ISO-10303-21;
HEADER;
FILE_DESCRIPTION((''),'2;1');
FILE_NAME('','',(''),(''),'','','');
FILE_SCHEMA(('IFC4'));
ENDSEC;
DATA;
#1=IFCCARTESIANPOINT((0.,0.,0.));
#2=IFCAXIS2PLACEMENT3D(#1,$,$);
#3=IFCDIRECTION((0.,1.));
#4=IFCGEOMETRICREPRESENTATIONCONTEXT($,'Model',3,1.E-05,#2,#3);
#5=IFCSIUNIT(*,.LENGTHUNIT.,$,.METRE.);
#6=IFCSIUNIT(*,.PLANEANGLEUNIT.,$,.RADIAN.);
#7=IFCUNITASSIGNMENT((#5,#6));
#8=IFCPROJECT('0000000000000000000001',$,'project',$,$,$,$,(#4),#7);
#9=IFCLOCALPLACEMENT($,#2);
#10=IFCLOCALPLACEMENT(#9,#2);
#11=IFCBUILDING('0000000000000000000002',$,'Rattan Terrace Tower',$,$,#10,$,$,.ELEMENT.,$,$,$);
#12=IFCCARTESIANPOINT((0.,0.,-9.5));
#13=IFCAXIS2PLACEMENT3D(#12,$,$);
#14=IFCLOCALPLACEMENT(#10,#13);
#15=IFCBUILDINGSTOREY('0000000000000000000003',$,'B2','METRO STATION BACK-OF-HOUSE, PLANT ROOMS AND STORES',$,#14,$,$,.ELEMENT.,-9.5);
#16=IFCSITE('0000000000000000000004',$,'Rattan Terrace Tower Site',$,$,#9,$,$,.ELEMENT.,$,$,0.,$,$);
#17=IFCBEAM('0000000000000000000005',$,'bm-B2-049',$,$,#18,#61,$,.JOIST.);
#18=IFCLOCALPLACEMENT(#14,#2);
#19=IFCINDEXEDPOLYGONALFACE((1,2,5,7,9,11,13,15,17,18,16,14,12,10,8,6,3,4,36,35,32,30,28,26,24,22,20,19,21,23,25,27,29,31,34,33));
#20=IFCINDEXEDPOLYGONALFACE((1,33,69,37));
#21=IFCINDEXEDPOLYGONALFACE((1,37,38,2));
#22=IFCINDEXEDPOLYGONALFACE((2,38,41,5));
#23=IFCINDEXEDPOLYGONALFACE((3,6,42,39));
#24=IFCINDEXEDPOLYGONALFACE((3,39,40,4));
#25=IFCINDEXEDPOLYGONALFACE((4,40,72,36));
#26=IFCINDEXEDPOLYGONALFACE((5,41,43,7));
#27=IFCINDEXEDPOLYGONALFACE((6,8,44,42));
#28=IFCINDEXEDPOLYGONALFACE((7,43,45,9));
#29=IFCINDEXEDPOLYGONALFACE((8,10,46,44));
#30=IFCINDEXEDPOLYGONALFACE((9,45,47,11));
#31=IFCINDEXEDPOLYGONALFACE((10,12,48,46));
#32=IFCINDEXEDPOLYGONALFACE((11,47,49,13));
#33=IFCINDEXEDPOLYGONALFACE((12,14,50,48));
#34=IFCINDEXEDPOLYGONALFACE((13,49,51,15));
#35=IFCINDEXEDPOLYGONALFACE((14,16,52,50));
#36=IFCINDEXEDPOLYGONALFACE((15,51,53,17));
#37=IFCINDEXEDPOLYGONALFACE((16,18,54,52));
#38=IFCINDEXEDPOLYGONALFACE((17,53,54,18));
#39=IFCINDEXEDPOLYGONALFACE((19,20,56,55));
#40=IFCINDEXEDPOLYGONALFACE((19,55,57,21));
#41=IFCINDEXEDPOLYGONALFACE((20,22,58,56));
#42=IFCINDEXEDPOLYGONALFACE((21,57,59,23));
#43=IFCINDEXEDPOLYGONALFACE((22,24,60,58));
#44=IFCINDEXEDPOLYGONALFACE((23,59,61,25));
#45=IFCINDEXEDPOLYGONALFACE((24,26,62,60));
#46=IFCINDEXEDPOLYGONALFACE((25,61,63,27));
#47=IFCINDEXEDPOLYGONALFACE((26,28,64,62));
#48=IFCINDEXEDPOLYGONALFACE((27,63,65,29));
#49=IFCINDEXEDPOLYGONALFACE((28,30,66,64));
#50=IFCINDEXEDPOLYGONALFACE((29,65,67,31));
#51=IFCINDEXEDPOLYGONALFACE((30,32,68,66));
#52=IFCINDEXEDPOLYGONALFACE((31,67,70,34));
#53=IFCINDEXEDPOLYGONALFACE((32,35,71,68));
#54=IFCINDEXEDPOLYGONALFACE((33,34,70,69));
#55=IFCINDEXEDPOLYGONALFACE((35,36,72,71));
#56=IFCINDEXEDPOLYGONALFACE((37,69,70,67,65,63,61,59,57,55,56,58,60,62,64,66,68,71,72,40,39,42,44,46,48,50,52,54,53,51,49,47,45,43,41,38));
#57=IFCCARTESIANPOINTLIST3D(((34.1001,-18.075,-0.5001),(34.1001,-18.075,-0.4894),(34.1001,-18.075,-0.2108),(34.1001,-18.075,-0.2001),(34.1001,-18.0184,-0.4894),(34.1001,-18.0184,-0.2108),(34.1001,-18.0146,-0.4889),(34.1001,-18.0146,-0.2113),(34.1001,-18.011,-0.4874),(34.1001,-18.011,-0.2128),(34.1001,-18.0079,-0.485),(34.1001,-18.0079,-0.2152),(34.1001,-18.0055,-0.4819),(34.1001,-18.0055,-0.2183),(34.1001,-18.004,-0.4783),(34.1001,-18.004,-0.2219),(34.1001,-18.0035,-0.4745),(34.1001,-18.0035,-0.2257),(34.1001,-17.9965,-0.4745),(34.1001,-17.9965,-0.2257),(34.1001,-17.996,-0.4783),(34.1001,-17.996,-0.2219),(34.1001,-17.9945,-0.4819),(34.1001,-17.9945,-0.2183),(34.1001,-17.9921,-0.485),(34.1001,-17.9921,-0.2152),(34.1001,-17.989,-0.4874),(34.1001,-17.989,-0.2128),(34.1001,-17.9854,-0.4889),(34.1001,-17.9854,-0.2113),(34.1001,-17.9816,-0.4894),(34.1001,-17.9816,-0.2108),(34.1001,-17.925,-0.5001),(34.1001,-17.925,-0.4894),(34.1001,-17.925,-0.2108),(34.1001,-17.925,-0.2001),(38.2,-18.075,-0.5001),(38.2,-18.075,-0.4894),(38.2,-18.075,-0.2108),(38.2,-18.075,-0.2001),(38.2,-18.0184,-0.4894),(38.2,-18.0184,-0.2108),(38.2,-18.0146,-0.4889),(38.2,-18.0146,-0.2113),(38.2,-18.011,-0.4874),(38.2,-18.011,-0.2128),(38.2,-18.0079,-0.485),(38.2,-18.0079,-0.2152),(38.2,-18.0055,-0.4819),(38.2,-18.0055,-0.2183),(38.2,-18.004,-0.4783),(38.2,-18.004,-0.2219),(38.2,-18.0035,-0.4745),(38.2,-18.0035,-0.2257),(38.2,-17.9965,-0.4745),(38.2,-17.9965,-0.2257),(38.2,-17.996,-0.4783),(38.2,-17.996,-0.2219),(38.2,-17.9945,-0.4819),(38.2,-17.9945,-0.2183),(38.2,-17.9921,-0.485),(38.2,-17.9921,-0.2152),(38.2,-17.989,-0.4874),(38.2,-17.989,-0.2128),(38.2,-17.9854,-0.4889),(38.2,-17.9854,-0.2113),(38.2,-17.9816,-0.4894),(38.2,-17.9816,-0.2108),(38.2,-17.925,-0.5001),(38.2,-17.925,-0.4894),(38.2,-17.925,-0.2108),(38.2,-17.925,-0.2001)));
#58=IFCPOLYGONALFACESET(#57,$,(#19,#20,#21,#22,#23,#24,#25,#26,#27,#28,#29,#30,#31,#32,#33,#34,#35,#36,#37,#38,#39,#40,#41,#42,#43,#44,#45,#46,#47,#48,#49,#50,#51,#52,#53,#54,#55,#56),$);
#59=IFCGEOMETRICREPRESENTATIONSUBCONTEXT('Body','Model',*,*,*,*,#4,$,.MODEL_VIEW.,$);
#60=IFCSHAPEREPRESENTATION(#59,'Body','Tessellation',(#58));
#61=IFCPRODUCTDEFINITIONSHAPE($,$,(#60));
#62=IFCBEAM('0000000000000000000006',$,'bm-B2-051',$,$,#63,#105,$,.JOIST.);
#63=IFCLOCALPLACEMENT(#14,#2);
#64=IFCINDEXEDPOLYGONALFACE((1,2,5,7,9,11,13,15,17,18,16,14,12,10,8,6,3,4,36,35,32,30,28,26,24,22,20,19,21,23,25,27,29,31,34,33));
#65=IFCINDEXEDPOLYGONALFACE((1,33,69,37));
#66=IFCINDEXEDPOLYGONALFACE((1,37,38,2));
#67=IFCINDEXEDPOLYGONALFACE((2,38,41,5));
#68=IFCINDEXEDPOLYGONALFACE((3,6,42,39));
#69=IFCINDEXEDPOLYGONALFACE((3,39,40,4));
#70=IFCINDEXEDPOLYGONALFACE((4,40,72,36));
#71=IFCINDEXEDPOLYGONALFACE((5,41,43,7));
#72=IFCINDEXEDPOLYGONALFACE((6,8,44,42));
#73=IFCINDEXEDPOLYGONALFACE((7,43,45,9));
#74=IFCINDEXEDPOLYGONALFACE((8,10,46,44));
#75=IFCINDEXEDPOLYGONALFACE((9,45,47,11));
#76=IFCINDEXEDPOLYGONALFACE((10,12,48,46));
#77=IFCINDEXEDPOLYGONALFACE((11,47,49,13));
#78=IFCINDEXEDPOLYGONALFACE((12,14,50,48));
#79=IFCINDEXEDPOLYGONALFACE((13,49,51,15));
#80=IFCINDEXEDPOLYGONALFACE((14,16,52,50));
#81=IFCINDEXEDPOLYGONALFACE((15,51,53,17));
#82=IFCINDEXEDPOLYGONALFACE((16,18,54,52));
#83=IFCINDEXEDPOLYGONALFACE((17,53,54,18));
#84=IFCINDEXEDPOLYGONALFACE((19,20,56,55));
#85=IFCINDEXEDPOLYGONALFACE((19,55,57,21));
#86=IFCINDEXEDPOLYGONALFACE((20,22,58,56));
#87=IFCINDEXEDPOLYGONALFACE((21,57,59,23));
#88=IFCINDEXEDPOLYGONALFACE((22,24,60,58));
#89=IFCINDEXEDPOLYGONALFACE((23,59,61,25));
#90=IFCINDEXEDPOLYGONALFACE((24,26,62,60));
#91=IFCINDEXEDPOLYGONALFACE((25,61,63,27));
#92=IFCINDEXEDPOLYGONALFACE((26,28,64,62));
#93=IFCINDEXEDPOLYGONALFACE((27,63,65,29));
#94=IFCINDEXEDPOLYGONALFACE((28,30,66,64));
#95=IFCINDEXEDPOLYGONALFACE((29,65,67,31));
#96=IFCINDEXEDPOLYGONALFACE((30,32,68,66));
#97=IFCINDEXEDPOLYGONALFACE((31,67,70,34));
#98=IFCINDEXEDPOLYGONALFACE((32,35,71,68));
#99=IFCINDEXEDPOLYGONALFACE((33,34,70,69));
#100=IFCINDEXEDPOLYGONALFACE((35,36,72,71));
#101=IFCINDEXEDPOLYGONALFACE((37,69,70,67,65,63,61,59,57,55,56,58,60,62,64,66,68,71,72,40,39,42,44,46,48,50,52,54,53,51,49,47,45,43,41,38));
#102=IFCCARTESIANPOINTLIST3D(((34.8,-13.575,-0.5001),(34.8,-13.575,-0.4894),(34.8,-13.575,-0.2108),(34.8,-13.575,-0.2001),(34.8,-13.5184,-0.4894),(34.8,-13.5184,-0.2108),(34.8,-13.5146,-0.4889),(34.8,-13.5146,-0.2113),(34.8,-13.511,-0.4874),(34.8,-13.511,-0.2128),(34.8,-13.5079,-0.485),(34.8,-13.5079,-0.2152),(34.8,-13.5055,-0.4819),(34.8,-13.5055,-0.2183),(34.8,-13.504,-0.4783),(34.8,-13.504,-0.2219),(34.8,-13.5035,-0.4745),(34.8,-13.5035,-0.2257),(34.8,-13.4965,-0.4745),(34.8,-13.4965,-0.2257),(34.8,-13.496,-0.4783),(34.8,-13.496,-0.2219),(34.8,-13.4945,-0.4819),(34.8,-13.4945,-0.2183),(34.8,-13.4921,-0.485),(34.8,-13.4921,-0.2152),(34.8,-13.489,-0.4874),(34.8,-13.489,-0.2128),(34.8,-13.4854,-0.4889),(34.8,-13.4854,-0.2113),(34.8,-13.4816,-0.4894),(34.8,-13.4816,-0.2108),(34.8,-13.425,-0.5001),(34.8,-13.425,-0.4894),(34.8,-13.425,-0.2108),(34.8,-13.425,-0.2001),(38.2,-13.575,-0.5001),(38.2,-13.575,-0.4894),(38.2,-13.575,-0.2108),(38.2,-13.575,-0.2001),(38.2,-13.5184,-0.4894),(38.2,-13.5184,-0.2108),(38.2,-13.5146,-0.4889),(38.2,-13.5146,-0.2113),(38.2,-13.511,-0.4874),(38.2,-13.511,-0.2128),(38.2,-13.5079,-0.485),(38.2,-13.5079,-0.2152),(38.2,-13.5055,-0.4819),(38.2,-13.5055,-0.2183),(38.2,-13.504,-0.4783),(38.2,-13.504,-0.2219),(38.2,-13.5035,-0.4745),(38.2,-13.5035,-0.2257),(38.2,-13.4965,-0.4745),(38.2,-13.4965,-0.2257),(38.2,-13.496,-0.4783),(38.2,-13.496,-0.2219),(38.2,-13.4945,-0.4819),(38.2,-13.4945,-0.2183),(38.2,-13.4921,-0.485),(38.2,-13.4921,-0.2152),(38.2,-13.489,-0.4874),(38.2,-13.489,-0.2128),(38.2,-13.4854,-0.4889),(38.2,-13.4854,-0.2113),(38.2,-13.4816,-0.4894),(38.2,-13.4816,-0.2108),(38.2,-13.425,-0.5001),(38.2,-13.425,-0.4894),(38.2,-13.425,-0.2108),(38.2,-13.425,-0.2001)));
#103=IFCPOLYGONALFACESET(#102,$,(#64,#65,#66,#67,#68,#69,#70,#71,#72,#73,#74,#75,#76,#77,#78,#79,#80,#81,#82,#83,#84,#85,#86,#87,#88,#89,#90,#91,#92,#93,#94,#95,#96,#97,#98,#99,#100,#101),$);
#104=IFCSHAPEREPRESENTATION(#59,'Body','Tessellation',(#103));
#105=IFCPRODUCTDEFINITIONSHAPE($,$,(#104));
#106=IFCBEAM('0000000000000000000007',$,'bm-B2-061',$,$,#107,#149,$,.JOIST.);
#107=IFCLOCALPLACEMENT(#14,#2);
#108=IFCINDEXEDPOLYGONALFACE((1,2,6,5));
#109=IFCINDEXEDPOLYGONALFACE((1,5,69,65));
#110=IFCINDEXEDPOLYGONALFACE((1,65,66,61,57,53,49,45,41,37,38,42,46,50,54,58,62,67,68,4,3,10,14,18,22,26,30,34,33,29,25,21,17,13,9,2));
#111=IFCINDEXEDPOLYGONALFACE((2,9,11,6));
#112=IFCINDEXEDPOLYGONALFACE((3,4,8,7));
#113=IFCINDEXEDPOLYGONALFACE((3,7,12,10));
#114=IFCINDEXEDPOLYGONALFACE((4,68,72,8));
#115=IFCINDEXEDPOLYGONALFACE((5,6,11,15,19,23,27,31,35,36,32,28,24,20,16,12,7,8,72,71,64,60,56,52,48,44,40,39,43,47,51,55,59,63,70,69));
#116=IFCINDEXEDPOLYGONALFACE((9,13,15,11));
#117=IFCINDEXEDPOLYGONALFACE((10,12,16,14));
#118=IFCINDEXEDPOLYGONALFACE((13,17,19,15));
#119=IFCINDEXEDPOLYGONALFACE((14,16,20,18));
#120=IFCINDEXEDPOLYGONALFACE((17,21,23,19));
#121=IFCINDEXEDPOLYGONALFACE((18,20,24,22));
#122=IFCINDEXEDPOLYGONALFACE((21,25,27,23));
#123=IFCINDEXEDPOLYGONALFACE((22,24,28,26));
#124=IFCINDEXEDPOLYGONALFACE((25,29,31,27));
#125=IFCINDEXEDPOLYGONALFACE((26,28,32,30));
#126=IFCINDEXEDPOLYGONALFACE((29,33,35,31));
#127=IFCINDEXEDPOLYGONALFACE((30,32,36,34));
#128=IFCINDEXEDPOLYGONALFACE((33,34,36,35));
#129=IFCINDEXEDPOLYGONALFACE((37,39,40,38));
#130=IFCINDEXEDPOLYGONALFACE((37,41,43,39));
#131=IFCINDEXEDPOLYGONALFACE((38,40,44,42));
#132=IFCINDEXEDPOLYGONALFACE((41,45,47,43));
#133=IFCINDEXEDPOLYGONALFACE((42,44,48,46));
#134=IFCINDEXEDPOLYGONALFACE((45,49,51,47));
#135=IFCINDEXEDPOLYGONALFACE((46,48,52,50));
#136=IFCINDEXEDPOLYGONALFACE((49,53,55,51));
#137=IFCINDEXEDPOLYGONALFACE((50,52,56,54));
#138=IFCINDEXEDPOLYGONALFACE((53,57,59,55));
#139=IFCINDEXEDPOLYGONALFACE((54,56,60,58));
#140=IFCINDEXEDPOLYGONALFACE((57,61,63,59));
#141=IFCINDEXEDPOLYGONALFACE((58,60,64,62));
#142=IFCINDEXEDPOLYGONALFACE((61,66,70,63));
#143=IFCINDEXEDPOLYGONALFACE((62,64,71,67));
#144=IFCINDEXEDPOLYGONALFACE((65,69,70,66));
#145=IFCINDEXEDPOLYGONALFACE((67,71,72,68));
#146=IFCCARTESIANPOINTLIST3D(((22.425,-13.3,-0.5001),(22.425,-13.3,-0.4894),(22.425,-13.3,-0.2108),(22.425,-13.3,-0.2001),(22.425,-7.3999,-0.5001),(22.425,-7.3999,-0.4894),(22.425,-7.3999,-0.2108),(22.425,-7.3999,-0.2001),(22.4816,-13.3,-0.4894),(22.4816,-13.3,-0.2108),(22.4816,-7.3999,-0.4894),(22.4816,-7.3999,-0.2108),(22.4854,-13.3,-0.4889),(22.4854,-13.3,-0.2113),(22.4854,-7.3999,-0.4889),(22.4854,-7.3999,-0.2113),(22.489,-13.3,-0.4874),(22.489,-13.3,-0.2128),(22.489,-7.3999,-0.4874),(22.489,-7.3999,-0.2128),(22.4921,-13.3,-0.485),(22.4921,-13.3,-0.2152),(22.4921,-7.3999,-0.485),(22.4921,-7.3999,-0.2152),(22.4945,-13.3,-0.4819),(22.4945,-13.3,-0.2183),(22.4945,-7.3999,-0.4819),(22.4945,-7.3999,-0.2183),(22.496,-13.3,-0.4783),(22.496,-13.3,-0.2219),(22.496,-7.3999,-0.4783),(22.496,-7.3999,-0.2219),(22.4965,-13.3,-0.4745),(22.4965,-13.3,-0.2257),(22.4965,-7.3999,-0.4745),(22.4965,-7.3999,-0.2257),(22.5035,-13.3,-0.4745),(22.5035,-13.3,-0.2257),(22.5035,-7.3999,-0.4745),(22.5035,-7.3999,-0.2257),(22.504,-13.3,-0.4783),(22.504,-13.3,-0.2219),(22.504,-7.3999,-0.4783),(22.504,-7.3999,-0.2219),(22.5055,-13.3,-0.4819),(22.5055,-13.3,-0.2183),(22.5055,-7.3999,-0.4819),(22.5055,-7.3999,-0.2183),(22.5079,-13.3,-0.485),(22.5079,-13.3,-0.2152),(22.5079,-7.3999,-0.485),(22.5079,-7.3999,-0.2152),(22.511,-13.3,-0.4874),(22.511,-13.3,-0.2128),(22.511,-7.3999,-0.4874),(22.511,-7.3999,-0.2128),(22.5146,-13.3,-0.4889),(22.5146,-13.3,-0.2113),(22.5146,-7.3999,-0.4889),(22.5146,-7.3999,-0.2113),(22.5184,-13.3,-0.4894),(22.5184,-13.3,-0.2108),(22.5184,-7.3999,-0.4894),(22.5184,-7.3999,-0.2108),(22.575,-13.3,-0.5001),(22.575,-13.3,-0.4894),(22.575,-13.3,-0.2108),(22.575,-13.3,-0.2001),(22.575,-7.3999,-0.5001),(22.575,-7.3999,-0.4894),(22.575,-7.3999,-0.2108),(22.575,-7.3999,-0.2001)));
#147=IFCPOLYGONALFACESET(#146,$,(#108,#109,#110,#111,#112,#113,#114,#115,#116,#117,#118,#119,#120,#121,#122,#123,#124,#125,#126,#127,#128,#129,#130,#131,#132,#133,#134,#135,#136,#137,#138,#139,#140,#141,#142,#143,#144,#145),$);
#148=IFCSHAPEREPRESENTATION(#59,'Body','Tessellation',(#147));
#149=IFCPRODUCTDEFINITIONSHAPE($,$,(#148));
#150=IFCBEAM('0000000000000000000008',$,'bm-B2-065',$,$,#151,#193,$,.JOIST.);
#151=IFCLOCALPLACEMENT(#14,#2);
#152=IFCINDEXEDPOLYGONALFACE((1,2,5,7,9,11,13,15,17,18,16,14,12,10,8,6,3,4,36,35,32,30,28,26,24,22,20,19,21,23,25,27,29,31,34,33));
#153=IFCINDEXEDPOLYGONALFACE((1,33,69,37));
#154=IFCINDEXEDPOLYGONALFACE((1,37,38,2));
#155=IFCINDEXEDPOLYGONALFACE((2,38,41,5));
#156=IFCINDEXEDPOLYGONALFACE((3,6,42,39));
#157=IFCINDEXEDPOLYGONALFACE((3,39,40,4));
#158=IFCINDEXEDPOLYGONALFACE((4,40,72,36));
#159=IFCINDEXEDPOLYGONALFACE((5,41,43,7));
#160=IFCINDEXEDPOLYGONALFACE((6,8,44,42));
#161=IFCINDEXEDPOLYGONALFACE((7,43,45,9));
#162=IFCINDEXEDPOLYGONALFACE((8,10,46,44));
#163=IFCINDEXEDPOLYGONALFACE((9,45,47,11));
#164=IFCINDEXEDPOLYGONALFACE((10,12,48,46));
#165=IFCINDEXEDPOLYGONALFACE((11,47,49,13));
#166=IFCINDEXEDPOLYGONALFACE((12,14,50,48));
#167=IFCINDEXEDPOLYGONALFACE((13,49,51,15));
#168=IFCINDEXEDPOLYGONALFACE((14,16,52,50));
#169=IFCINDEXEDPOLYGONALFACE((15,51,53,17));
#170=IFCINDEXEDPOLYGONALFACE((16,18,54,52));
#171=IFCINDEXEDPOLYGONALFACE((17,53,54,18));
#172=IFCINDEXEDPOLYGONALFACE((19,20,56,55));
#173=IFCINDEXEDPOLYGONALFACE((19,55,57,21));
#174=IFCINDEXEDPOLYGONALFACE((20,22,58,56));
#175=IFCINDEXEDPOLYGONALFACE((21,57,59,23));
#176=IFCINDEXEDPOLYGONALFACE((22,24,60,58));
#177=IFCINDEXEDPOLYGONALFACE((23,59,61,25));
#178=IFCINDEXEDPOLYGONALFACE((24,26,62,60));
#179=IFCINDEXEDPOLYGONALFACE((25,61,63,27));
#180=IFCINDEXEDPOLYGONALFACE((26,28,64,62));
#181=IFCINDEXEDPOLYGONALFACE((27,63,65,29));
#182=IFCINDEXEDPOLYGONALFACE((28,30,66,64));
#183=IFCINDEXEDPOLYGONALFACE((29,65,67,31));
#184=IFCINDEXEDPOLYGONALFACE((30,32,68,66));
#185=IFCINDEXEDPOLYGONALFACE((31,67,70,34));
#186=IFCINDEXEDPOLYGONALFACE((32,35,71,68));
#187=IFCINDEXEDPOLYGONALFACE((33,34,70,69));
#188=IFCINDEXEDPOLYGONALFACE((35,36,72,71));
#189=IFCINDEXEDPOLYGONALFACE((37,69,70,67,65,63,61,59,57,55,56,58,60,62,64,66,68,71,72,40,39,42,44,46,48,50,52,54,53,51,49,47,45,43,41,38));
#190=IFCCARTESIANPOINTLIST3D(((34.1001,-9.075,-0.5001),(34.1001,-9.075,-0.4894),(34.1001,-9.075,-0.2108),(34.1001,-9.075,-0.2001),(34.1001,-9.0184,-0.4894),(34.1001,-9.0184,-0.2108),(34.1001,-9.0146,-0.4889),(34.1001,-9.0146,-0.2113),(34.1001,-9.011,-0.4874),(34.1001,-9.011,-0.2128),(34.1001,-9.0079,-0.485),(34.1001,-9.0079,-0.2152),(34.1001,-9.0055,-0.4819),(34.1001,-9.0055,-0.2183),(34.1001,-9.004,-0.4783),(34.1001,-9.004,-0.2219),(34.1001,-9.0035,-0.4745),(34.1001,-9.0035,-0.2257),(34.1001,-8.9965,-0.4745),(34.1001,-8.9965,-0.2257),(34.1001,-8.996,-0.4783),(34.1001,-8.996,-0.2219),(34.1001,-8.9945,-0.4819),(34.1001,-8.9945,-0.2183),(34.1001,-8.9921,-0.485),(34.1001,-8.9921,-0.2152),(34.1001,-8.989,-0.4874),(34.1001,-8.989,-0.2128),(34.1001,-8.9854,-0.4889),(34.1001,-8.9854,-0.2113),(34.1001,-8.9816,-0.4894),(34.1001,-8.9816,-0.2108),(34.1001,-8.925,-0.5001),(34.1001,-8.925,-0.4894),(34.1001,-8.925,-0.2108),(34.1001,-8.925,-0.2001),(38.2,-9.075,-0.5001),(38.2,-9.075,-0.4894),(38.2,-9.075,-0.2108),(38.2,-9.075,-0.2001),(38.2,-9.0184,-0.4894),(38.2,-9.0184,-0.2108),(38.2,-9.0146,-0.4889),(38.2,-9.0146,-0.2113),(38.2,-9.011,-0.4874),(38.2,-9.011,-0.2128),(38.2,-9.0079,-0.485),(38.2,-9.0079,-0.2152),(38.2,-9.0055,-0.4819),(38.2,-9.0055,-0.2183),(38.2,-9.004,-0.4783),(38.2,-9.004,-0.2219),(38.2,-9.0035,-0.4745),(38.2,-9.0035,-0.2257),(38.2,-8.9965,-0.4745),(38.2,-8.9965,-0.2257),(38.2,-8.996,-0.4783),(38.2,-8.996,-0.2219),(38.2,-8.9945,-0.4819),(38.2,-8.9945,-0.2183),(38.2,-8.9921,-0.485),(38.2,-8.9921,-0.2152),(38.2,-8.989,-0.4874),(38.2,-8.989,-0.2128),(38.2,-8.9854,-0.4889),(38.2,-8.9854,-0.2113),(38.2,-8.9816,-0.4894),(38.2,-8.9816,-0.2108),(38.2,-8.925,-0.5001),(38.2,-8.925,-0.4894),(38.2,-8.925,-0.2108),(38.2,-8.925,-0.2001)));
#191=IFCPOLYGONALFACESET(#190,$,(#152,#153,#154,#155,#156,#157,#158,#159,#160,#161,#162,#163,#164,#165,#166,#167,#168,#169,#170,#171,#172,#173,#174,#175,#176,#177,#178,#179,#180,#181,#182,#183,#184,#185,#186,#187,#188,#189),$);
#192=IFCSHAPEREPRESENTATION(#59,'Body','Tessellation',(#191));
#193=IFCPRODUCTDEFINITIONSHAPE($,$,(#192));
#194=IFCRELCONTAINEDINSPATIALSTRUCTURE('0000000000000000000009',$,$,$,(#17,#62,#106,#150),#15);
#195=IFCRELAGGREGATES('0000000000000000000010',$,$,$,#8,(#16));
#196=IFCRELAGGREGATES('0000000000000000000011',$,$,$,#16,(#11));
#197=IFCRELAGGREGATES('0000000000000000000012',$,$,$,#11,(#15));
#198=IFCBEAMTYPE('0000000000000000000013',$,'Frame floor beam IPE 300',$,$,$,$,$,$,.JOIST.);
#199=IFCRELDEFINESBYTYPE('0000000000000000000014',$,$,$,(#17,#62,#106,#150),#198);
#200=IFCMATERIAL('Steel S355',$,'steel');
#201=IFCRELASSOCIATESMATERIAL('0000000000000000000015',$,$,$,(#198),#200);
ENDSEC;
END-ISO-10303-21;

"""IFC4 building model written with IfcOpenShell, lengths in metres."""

from ifc_helpers import new_model, si_unit, direction, frame, origin, origin_2d, place, context, subcontext, project, spatial, i_section, extrude, material, material_profile, profile_set, type_object, element, save


model = new_model("IFC4")

# Units and contexts
model_context = context("Model", 3, precision=1e-05, world=origin(), true_north=direction((0.0, 1.0)))
body_context = subcontext(model_context, "Body", "Model", "MODEL_VIEW")
ifc_project = project(units=[si_unit("LENGTHUNIT", "METRE"), si_unit("PLANEANGLEUNIT", "RADIAN")], contexts=[model_context])

# Site, building, storey
site_placement = place(None, origin())
site = spatial("IfcSite", under=ifc_project, at=site_placement, Name="Rattan Terrace Tower Site", CompositionType="ELEMENT", RefElevation=0.0)
building_placement = place(site_placement, origin())
building = spatial("IfcBuilding", under=site, at=building_placement, Name="Rattan Terrace Tower", CompositionType="ELEMENT")
storey_placement = place(building_placement, frame((0.0, 0.0, -9.5)))
storey = spatial("IfcBuildingStorey", under=building, at=storey_placement, Name="B2", Description="METRO STATION BACK-OF-HOUSE, PLANT ROOMS AND STORES", CompositionType="ELEMENT", Elevation=-9.5)

# Beams
ifc_material_1 = material(Name="Steel S355", Category="steel")
ifc_material_profile_1 = material_profile(ifc_material_1, i_section(OverallWidth=0.1499, OverallDepth=0.3, WebThickness=0.0071, FlangeThickness=0.0107, FilletRadius=0.0149, at=origin_2d()), Name="IPE 300")
ifc_profile_set_1 = profile_set([ifc_material_profile_1], Name="Steel S355")
beam_type_1 = type_object("IfcBeamType", Name="Frame floor beam IPE 300", PredefinedType="JOIST", material=ifc_profile_set_1)
for number, where, z_axis, x_axis, name in (
    (1, (34.1001, -18.0, -0.3501), (1.0, 0.0, 0.0), (0.0, 1.0, 0.0), "bm-B2-049"),
):
    element("IfcBeam", number, at=place(storey_placement, frame(where, z_axis=z_axis, x_axis=x_axis)), inside=storey, type_object=beam_type_1, Name=name, PredefinedType="JOIST", context=body_context, shape_type="SweptSolid", body=[
        extrude(i_section(OverallWidth=0.1499, OverallDepth=0.3, WebThickness=0.0071, FlangeThickness=0.0107, FilletRadius=0.0149, at=origin_2d()), origin(), (0.0, 0.0, 1.0), 4.0999),
    ])
beam_1_placement = place(storey_placement, frame((34.8, -13.5, -0.3501), z_axis=(1.0, 0.0, 0.0), x_axis=(0.0, 1.0, 0.0)))
element("IfcBeam", 2, at=beam_1_placement, inside=storey, type_object=beam_type_1, Name="bm-B2-051", PredefinedType="JOIST", context=body_context, shape_type="SweptSolid", body=[
    extrude(i_section(OverallWidth=0.1499, OverallDepth=0.3, WebThickness=0.0071, FlangeThickness=0.0107, FilletRadius=0.0149, at=origin_2d()), origin(), (0.0, 0.0, 1.0), 3.3999),
])
beam_2_placement = place(storey_placement, frame((22.5, -13.3, -0.3501), z_axis=(0.0, 1.0, 0.0), x_axis=(-1.0, 0.0, 0.0)))
element("IfcBeam", 3, at=beam_2_placement, inside=storey, type_object=beam_type_1, Name="bm-B2-061", PredefinedType="JOIST", context=body_context, shape_type="SweptSolid", body=[
    extrude(i_section(OverallWidth=0.1499, OverallDepth=0.3, WebThickness=0.0071, FlangeThickness=0.0107, FilletRadius=0.0149, at=origin_2d()), origin(), (0.0, 0.0, 1.0), 5.9001),
])
beam_3_placement = place(storey_placement, frame((34.1001, -9.0, -0.3501), z_axis=(1.0, 0.0, 0.0), x_axis=(0.0, 1.0, 0.0)))
element("IfcBeam", 4, at=beam_3_placement, inside=storey, type_object=beam_type_1, Name="bm-B2-065", PredefinedType="JOIST", context=body_context, shape_type="SweptSolid", body=[
    extrude(i_section(OverallWidth=0.1499, OverallDepth=0.3, WebThickness=0.0071, FlangeThickness=0.0107, FilletRadius=0.0149, at=origin_2d()), origin(), (0.0, 0.0, 1.0), 4.0999),
])

save(model, "model.ifc")
